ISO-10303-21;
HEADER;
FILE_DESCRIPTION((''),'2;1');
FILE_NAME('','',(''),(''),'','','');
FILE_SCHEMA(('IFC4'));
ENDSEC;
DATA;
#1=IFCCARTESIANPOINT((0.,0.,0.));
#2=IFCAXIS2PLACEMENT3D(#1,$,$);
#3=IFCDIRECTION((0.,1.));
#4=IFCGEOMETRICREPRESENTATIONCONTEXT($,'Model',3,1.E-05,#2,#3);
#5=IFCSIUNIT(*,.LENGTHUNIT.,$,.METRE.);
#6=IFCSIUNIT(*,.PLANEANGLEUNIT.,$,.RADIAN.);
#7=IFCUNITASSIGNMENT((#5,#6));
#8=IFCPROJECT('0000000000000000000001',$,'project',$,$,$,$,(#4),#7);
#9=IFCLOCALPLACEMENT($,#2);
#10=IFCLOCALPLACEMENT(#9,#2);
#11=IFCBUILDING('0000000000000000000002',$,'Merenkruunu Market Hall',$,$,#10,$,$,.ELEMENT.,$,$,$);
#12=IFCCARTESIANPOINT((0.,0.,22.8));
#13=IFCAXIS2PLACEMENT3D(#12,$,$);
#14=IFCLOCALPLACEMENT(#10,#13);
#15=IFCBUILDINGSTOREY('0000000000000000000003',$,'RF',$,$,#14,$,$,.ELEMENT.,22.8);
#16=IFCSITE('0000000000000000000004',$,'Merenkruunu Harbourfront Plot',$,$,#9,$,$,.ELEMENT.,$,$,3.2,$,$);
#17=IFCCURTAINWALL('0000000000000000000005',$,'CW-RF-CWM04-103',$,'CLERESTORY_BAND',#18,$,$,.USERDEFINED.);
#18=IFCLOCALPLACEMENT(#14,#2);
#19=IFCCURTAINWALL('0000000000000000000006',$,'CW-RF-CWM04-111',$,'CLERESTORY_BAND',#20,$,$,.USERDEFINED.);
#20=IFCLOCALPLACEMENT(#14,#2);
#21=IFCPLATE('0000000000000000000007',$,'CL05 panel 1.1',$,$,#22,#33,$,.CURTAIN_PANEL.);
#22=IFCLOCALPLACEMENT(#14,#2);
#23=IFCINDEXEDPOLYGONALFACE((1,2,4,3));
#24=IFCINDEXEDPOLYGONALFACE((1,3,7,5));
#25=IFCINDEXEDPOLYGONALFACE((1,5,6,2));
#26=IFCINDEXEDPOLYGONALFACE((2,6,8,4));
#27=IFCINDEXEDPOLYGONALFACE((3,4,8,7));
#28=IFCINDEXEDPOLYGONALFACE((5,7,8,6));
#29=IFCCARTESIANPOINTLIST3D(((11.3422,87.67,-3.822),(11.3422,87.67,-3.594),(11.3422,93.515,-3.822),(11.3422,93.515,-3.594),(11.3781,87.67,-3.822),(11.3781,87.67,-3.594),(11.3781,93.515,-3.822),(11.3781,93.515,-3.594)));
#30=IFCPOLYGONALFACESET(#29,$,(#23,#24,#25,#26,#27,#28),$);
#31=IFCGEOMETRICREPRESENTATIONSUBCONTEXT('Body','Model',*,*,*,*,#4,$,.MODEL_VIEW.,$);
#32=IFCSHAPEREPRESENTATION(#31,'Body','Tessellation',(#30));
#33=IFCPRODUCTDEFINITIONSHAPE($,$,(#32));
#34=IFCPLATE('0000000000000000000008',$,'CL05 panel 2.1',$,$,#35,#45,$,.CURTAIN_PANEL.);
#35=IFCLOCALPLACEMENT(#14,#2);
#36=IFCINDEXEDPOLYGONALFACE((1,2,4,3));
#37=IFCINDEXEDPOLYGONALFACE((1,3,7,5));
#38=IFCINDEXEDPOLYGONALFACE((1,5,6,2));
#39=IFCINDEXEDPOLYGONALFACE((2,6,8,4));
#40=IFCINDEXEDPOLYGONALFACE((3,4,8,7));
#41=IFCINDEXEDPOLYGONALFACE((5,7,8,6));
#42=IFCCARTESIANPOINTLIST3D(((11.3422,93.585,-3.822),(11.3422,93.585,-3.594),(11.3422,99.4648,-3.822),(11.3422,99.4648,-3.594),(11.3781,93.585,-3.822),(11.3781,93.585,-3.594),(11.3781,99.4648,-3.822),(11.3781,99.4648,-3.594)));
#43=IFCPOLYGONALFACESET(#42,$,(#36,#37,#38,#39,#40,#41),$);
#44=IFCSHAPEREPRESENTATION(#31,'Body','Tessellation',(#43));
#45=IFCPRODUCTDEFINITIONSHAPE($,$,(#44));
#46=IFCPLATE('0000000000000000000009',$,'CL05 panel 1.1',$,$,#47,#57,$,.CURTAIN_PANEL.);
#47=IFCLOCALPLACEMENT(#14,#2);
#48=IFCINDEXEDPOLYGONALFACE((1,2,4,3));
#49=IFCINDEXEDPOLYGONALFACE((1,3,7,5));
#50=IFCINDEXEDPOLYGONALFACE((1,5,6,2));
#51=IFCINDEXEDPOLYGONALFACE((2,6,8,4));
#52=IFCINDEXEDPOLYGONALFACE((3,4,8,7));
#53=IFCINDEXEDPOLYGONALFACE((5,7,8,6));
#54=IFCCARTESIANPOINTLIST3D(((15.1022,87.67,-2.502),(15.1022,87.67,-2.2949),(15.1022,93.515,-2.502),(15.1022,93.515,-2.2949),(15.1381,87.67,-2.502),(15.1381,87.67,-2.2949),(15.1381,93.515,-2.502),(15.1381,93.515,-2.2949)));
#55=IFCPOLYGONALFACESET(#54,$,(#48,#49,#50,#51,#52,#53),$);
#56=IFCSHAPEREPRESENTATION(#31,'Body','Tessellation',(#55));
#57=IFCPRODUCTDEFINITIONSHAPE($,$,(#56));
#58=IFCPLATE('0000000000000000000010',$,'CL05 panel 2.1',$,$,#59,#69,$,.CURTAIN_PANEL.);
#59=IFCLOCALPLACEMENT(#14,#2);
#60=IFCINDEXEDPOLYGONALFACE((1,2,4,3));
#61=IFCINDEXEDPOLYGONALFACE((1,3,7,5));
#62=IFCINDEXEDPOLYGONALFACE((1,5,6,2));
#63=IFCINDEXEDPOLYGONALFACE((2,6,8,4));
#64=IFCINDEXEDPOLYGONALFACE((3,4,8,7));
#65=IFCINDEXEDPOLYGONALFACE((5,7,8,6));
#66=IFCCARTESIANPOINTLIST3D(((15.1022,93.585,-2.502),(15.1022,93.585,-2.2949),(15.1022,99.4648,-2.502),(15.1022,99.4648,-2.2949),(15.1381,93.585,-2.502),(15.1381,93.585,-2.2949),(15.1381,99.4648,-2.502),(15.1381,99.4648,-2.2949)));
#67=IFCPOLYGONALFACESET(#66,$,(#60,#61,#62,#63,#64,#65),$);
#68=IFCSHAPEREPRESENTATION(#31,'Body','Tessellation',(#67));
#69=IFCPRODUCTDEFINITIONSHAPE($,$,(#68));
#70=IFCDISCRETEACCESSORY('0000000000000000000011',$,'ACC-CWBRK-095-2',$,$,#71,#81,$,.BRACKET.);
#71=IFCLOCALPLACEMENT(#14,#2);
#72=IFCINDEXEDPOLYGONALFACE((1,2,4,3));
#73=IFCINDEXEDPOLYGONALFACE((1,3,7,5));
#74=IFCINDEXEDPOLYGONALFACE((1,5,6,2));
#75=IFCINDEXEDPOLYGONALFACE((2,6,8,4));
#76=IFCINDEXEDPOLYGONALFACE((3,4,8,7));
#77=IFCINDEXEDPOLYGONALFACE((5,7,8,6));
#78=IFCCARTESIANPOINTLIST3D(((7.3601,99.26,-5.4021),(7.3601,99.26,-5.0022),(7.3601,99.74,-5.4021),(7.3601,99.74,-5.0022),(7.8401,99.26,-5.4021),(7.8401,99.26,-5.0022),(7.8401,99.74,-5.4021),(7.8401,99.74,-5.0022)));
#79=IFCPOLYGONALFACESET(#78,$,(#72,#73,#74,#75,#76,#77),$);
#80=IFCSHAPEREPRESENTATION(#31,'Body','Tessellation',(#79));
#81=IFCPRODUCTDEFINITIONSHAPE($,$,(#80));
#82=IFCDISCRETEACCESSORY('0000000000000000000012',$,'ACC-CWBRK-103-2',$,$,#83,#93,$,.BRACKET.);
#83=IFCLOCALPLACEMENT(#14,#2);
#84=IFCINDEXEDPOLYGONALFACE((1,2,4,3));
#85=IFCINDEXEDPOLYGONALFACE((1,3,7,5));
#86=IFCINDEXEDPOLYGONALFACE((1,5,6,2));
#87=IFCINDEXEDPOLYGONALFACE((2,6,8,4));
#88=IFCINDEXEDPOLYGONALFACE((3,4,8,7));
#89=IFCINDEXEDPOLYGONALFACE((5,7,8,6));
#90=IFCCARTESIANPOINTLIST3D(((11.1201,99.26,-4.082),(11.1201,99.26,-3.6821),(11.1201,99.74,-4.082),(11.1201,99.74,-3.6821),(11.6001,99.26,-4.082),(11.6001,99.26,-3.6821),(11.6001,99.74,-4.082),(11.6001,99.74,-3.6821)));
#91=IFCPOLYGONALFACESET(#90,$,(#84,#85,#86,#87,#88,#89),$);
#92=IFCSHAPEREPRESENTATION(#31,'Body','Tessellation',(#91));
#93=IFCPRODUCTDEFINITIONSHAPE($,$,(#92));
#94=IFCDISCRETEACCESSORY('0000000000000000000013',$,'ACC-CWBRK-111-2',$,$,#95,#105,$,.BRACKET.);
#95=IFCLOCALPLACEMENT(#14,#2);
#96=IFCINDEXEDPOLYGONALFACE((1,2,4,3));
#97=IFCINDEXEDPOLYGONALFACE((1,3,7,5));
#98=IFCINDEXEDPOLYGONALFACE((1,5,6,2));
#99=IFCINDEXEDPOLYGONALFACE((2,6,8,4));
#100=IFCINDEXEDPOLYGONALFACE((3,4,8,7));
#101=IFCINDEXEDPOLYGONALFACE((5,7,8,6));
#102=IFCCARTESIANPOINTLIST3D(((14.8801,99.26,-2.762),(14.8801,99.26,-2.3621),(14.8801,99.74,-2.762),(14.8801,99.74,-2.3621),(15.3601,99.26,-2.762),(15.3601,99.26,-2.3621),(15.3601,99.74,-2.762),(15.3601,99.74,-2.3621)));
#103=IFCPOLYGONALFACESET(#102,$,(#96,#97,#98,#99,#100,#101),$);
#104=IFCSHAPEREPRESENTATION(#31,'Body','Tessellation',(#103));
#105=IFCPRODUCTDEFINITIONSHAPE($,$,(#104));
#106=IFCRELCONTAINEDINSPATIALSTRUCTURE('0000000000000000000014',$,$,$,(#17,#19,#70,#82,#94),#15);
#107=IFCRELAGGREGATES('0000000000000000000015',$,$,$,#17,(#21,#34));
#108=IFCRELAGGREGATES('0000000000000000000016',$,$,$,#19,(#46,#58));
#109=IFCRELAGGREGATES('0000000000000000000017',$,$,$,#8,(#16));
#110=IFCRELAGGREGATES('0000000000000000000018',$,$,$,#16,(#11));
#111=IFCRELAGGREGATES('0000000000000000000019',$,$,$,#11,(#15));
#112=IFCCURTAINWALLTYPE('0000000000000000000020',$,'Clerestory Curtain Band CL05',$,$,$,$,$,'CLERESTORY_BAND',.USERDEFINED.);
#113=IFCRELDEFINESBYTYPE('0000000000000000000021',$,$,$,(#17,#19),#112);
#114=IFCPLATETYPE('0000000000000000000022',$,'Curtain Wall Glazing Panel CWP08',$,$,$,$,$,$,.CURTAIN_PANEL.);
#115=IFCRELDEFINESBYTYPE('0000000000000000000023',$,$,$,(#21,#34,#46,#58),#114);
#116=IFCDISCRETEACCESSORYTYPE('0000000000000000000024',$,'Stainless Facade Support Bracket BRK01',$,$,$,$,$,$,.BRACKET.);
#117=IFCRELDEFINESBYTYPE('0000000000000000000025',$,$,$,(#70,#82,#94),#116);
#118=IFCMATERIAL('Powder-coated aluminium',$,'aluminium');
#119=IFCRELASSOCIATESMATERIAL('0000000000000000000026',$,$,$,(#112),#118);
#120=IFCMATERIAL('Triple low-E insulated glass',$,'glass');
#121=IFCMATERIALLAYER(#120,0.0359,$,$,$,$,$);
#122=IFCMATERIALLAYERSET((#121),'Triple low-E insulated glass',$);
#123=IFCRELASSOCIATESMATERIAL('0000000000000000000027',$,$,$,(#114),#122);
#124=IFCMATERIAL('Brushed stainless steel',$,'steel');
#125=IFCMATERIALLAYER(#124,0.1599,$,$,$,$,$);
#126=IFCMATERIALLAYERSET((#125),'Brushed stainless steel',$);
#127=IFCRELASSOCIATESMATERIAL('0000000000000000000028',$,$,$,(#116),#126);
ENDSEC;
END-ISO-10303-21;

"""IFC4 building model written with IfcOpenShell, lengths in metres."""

from ifc_helpers import new_model, si_unit, direction, frame, origin, origin_2d, place, context, subcontext, project, spatial, rectangle, extrude, material, layer, layer_set, type_object, element, aggregate, save


model = new_model("IFC4")

# Units and contexts
model_context = context("Model", 3, precision=1e-05, world=origin(), true_north=direction((0.0, 1.0)))
body_context = subcontext(model_context, "Body", "Model", "MODEL_VIEW")
ifc_project = project(units=[si_unit("LENGTHUNIT", "METRE"), si_unit("PLANEANGLEUNIT", "RADIAN")], contexts=[model_context])

# Site, building, storey
site_placement = place(None, origin())
site = spatial("IfcSite", under=ifc_project, at=site_placement, Name="Merenkruunu Harbourfront Plot", CompositionType="ELEMENT", RefElevation=3.2)
building_placement = place(site_placement, origin())
building = spatial("IfcBuilding", under=site, at=building_placement, Name="Merenkruunu Market Hall", CompositionType="ELEMENT")
storey_placement = place(building_placement, frame((0.0, 0.0, 22.8)))
storey = spatial("IfcBuildingStorey", under=building, at=storey_placement, Name="RF", CompositionType="ELEMENT", Elevation=22.8)

# Shared definitions
ifc_material_1 = material(Name="Powder-coated aluminium", Category="aluminium")
curtain_wall_type = type_object("IfcCurtainWallType", Name="Clerestory Curtain Band CL05", ElementType="CLERESTORY_BAND", PredefinedType="USERDEFINED", material=ifc_material_1)

# Curtain walls
curtain_wall_1_placement = place(storey_placement, origin())
curtain_wall_1 = element("IfcCurtainWall", 1, at=curtain_wall_1_placement, inside=storey, type_object=curtain_wall_type, Name="CW-RF-CWM04-103", ObjectType="CLERESTORY_BAND", PredefinedType="USERDEFINED")
curtain_wall_2_placement = place(storey_placement, origin())
curtain_wall_2 = element("IfcCurtainWall", 2, at=curtain_wall_2_placement, inside=storey, type_object=curtain_wall_type, Name="CW-RF-CWM04-111", ObjectType="CLERESTORY_BAND", PredefinedType="USERDEFINED")

# Plates
ifc_material_2 = material(Name="Triple low-E insulated glass", Category="glass")
ifc_layer_1 = layer(ifc_material_2, 0.0359)
ifc_layer_set_1 = layer_set([ifc_layer_1], Name="Triple low-E insulated glass")
plate_type = type_object("IfcPlateType", Name="Curtain Wall Glazing Panel CWP08", PredefinedType="CURTAIN_PANEL", material=ifc_layer_set_1)
plate_1_placement = place(storey_placement, frame((11.3601, 90.5925, -3.822), z_axis=(0.0, 0.0, 1.0), x_axis=(0.0, 1.0, 0.0)))
plate_1 = element("IfcPlate", 3, at=plate_1_placement, type_object=plate_type, Name="CL05 panel 1.1", PredefinedType="CURTAIN_PANEL", context=body_context, shape_type="SweptSolid", body=[
    extrude(rectangle(XDim=5.845, YDim=0.0359, at=origin_2d()), origin(), (0.0, 0.0, 1.0), 0.228),
])
plate_2_placement = place(storey_placement, frame((11.3601, 96.5249, -3.822), z_axis=(0.0, 0.0, 1.0), x_axis=(0.0, 1.0, 0.0)))
plate_2 = element("IfcPlate", 4, at=plate_2_placement, type_object=plate_type, Name="CL05 panel 2.1", PredefinedType="CURTAIN_PANEL", context=body_context, shape_type="SweptSolid", body=[
    extrude(rectangle(XDim=5.8799, YDim=0.0359, at=origin_2d()), origin(), (0.0, 0.0, 1.0), 0.228),
])
aggregate(curtain_wall_1, [plate_1, plate_2])
plate_3_placement = place(storey_placement, frame((15.1201, 90.5925, -2.502), z_axis=(0.0, 0.0, 1.0), x_axis=(0.0, 1.0, 0.0)))
plate_3 = element("IfcPlate", 5, at=plate_3_placement, type_object=plate_type, Name="CL05 panel 1.1", PredefinedType="CURTAIN_PANEL", context=body_context, shape_type="SweptSolid", body=[
    extrude(rectangle(XDim=5.845, YDim=0.0359, at=origin_2d()), origin(), (0.0, 0.0, 1.0), 0.207),
])
plate_4_placement = place(storey_placement, frame((15.1201, 96.5249, -2.502), z_axis=(0.0, 0.0, 1.0), x_axis=(0.0, 1.0, 0.0)))
plate_4 = element("IfcPlate", 6, at=plate_4_placement, type_object=plate_type, Name="CL05 panel 2.1", PredefinedType="CURTAIN_PANEL", context=body_context, shape_type="SweptSolid", body=[
    extrude(rectangle(XDim=5.8799, YDim=0.0359, at=origin_2d()), origin(), (0.0, 0.0, 1.0), 0.207),
])
aggregate(curtain_wall_2, [plate_3, plate_4])

# Discrete accessories
ifc_material_3 = material(Name="Brushed stainless steel", Category="steel")
ifc_layer_2 = layer(ifc_material_3, 0.1599)
ifc_layer_set_2 = layer_set([ifc_layer_2], Name="Brushed stainless steel")
discrete_accessory_type = type_object("IfcDiscreteAccessoryType", Name="Stainless Facade Support Bracket BRK01", PredefinedType="BRACKET", material=ifc_layer_set_2)
for number, where, z_axis, x_axis, name in (
    (7, (7.6001, 99.5, -5.4021), (0.0, 0.0, 1.0), (1.0, 0.0, 0.0), "ACC-CWBRK-095-2"),
    (8, (11.3601, 99.5, -4.082), (0.0, 0.0, 1.0), (1.0, 0.0, 0.0), "ACC-CWBRK-103-2"),
    (9, (15.1201, 99.5, -2.762), (0.0, 0.0, 1.0), (1.0, 0.0, 0.0), "ACC-CWBRK-111-2"),
):
    element("IfcDiscreteAccessory", number, at=place(storey_placement, frame(where, z_axis=z_axis, x_axis=x_axis)), inside=storey, type_object=discrete_accessory_type, Name=name, PredefinedType="BRACKET", context=body_context, shape_type="SweptSolid", body=[
        extrude(rectangle(XDim=0.48, YDim=0.48, at=origin_2d()), origin(), (0.0, 0.0, 1.0), 0.3999),
    ])

save(model, "model.ifc")
